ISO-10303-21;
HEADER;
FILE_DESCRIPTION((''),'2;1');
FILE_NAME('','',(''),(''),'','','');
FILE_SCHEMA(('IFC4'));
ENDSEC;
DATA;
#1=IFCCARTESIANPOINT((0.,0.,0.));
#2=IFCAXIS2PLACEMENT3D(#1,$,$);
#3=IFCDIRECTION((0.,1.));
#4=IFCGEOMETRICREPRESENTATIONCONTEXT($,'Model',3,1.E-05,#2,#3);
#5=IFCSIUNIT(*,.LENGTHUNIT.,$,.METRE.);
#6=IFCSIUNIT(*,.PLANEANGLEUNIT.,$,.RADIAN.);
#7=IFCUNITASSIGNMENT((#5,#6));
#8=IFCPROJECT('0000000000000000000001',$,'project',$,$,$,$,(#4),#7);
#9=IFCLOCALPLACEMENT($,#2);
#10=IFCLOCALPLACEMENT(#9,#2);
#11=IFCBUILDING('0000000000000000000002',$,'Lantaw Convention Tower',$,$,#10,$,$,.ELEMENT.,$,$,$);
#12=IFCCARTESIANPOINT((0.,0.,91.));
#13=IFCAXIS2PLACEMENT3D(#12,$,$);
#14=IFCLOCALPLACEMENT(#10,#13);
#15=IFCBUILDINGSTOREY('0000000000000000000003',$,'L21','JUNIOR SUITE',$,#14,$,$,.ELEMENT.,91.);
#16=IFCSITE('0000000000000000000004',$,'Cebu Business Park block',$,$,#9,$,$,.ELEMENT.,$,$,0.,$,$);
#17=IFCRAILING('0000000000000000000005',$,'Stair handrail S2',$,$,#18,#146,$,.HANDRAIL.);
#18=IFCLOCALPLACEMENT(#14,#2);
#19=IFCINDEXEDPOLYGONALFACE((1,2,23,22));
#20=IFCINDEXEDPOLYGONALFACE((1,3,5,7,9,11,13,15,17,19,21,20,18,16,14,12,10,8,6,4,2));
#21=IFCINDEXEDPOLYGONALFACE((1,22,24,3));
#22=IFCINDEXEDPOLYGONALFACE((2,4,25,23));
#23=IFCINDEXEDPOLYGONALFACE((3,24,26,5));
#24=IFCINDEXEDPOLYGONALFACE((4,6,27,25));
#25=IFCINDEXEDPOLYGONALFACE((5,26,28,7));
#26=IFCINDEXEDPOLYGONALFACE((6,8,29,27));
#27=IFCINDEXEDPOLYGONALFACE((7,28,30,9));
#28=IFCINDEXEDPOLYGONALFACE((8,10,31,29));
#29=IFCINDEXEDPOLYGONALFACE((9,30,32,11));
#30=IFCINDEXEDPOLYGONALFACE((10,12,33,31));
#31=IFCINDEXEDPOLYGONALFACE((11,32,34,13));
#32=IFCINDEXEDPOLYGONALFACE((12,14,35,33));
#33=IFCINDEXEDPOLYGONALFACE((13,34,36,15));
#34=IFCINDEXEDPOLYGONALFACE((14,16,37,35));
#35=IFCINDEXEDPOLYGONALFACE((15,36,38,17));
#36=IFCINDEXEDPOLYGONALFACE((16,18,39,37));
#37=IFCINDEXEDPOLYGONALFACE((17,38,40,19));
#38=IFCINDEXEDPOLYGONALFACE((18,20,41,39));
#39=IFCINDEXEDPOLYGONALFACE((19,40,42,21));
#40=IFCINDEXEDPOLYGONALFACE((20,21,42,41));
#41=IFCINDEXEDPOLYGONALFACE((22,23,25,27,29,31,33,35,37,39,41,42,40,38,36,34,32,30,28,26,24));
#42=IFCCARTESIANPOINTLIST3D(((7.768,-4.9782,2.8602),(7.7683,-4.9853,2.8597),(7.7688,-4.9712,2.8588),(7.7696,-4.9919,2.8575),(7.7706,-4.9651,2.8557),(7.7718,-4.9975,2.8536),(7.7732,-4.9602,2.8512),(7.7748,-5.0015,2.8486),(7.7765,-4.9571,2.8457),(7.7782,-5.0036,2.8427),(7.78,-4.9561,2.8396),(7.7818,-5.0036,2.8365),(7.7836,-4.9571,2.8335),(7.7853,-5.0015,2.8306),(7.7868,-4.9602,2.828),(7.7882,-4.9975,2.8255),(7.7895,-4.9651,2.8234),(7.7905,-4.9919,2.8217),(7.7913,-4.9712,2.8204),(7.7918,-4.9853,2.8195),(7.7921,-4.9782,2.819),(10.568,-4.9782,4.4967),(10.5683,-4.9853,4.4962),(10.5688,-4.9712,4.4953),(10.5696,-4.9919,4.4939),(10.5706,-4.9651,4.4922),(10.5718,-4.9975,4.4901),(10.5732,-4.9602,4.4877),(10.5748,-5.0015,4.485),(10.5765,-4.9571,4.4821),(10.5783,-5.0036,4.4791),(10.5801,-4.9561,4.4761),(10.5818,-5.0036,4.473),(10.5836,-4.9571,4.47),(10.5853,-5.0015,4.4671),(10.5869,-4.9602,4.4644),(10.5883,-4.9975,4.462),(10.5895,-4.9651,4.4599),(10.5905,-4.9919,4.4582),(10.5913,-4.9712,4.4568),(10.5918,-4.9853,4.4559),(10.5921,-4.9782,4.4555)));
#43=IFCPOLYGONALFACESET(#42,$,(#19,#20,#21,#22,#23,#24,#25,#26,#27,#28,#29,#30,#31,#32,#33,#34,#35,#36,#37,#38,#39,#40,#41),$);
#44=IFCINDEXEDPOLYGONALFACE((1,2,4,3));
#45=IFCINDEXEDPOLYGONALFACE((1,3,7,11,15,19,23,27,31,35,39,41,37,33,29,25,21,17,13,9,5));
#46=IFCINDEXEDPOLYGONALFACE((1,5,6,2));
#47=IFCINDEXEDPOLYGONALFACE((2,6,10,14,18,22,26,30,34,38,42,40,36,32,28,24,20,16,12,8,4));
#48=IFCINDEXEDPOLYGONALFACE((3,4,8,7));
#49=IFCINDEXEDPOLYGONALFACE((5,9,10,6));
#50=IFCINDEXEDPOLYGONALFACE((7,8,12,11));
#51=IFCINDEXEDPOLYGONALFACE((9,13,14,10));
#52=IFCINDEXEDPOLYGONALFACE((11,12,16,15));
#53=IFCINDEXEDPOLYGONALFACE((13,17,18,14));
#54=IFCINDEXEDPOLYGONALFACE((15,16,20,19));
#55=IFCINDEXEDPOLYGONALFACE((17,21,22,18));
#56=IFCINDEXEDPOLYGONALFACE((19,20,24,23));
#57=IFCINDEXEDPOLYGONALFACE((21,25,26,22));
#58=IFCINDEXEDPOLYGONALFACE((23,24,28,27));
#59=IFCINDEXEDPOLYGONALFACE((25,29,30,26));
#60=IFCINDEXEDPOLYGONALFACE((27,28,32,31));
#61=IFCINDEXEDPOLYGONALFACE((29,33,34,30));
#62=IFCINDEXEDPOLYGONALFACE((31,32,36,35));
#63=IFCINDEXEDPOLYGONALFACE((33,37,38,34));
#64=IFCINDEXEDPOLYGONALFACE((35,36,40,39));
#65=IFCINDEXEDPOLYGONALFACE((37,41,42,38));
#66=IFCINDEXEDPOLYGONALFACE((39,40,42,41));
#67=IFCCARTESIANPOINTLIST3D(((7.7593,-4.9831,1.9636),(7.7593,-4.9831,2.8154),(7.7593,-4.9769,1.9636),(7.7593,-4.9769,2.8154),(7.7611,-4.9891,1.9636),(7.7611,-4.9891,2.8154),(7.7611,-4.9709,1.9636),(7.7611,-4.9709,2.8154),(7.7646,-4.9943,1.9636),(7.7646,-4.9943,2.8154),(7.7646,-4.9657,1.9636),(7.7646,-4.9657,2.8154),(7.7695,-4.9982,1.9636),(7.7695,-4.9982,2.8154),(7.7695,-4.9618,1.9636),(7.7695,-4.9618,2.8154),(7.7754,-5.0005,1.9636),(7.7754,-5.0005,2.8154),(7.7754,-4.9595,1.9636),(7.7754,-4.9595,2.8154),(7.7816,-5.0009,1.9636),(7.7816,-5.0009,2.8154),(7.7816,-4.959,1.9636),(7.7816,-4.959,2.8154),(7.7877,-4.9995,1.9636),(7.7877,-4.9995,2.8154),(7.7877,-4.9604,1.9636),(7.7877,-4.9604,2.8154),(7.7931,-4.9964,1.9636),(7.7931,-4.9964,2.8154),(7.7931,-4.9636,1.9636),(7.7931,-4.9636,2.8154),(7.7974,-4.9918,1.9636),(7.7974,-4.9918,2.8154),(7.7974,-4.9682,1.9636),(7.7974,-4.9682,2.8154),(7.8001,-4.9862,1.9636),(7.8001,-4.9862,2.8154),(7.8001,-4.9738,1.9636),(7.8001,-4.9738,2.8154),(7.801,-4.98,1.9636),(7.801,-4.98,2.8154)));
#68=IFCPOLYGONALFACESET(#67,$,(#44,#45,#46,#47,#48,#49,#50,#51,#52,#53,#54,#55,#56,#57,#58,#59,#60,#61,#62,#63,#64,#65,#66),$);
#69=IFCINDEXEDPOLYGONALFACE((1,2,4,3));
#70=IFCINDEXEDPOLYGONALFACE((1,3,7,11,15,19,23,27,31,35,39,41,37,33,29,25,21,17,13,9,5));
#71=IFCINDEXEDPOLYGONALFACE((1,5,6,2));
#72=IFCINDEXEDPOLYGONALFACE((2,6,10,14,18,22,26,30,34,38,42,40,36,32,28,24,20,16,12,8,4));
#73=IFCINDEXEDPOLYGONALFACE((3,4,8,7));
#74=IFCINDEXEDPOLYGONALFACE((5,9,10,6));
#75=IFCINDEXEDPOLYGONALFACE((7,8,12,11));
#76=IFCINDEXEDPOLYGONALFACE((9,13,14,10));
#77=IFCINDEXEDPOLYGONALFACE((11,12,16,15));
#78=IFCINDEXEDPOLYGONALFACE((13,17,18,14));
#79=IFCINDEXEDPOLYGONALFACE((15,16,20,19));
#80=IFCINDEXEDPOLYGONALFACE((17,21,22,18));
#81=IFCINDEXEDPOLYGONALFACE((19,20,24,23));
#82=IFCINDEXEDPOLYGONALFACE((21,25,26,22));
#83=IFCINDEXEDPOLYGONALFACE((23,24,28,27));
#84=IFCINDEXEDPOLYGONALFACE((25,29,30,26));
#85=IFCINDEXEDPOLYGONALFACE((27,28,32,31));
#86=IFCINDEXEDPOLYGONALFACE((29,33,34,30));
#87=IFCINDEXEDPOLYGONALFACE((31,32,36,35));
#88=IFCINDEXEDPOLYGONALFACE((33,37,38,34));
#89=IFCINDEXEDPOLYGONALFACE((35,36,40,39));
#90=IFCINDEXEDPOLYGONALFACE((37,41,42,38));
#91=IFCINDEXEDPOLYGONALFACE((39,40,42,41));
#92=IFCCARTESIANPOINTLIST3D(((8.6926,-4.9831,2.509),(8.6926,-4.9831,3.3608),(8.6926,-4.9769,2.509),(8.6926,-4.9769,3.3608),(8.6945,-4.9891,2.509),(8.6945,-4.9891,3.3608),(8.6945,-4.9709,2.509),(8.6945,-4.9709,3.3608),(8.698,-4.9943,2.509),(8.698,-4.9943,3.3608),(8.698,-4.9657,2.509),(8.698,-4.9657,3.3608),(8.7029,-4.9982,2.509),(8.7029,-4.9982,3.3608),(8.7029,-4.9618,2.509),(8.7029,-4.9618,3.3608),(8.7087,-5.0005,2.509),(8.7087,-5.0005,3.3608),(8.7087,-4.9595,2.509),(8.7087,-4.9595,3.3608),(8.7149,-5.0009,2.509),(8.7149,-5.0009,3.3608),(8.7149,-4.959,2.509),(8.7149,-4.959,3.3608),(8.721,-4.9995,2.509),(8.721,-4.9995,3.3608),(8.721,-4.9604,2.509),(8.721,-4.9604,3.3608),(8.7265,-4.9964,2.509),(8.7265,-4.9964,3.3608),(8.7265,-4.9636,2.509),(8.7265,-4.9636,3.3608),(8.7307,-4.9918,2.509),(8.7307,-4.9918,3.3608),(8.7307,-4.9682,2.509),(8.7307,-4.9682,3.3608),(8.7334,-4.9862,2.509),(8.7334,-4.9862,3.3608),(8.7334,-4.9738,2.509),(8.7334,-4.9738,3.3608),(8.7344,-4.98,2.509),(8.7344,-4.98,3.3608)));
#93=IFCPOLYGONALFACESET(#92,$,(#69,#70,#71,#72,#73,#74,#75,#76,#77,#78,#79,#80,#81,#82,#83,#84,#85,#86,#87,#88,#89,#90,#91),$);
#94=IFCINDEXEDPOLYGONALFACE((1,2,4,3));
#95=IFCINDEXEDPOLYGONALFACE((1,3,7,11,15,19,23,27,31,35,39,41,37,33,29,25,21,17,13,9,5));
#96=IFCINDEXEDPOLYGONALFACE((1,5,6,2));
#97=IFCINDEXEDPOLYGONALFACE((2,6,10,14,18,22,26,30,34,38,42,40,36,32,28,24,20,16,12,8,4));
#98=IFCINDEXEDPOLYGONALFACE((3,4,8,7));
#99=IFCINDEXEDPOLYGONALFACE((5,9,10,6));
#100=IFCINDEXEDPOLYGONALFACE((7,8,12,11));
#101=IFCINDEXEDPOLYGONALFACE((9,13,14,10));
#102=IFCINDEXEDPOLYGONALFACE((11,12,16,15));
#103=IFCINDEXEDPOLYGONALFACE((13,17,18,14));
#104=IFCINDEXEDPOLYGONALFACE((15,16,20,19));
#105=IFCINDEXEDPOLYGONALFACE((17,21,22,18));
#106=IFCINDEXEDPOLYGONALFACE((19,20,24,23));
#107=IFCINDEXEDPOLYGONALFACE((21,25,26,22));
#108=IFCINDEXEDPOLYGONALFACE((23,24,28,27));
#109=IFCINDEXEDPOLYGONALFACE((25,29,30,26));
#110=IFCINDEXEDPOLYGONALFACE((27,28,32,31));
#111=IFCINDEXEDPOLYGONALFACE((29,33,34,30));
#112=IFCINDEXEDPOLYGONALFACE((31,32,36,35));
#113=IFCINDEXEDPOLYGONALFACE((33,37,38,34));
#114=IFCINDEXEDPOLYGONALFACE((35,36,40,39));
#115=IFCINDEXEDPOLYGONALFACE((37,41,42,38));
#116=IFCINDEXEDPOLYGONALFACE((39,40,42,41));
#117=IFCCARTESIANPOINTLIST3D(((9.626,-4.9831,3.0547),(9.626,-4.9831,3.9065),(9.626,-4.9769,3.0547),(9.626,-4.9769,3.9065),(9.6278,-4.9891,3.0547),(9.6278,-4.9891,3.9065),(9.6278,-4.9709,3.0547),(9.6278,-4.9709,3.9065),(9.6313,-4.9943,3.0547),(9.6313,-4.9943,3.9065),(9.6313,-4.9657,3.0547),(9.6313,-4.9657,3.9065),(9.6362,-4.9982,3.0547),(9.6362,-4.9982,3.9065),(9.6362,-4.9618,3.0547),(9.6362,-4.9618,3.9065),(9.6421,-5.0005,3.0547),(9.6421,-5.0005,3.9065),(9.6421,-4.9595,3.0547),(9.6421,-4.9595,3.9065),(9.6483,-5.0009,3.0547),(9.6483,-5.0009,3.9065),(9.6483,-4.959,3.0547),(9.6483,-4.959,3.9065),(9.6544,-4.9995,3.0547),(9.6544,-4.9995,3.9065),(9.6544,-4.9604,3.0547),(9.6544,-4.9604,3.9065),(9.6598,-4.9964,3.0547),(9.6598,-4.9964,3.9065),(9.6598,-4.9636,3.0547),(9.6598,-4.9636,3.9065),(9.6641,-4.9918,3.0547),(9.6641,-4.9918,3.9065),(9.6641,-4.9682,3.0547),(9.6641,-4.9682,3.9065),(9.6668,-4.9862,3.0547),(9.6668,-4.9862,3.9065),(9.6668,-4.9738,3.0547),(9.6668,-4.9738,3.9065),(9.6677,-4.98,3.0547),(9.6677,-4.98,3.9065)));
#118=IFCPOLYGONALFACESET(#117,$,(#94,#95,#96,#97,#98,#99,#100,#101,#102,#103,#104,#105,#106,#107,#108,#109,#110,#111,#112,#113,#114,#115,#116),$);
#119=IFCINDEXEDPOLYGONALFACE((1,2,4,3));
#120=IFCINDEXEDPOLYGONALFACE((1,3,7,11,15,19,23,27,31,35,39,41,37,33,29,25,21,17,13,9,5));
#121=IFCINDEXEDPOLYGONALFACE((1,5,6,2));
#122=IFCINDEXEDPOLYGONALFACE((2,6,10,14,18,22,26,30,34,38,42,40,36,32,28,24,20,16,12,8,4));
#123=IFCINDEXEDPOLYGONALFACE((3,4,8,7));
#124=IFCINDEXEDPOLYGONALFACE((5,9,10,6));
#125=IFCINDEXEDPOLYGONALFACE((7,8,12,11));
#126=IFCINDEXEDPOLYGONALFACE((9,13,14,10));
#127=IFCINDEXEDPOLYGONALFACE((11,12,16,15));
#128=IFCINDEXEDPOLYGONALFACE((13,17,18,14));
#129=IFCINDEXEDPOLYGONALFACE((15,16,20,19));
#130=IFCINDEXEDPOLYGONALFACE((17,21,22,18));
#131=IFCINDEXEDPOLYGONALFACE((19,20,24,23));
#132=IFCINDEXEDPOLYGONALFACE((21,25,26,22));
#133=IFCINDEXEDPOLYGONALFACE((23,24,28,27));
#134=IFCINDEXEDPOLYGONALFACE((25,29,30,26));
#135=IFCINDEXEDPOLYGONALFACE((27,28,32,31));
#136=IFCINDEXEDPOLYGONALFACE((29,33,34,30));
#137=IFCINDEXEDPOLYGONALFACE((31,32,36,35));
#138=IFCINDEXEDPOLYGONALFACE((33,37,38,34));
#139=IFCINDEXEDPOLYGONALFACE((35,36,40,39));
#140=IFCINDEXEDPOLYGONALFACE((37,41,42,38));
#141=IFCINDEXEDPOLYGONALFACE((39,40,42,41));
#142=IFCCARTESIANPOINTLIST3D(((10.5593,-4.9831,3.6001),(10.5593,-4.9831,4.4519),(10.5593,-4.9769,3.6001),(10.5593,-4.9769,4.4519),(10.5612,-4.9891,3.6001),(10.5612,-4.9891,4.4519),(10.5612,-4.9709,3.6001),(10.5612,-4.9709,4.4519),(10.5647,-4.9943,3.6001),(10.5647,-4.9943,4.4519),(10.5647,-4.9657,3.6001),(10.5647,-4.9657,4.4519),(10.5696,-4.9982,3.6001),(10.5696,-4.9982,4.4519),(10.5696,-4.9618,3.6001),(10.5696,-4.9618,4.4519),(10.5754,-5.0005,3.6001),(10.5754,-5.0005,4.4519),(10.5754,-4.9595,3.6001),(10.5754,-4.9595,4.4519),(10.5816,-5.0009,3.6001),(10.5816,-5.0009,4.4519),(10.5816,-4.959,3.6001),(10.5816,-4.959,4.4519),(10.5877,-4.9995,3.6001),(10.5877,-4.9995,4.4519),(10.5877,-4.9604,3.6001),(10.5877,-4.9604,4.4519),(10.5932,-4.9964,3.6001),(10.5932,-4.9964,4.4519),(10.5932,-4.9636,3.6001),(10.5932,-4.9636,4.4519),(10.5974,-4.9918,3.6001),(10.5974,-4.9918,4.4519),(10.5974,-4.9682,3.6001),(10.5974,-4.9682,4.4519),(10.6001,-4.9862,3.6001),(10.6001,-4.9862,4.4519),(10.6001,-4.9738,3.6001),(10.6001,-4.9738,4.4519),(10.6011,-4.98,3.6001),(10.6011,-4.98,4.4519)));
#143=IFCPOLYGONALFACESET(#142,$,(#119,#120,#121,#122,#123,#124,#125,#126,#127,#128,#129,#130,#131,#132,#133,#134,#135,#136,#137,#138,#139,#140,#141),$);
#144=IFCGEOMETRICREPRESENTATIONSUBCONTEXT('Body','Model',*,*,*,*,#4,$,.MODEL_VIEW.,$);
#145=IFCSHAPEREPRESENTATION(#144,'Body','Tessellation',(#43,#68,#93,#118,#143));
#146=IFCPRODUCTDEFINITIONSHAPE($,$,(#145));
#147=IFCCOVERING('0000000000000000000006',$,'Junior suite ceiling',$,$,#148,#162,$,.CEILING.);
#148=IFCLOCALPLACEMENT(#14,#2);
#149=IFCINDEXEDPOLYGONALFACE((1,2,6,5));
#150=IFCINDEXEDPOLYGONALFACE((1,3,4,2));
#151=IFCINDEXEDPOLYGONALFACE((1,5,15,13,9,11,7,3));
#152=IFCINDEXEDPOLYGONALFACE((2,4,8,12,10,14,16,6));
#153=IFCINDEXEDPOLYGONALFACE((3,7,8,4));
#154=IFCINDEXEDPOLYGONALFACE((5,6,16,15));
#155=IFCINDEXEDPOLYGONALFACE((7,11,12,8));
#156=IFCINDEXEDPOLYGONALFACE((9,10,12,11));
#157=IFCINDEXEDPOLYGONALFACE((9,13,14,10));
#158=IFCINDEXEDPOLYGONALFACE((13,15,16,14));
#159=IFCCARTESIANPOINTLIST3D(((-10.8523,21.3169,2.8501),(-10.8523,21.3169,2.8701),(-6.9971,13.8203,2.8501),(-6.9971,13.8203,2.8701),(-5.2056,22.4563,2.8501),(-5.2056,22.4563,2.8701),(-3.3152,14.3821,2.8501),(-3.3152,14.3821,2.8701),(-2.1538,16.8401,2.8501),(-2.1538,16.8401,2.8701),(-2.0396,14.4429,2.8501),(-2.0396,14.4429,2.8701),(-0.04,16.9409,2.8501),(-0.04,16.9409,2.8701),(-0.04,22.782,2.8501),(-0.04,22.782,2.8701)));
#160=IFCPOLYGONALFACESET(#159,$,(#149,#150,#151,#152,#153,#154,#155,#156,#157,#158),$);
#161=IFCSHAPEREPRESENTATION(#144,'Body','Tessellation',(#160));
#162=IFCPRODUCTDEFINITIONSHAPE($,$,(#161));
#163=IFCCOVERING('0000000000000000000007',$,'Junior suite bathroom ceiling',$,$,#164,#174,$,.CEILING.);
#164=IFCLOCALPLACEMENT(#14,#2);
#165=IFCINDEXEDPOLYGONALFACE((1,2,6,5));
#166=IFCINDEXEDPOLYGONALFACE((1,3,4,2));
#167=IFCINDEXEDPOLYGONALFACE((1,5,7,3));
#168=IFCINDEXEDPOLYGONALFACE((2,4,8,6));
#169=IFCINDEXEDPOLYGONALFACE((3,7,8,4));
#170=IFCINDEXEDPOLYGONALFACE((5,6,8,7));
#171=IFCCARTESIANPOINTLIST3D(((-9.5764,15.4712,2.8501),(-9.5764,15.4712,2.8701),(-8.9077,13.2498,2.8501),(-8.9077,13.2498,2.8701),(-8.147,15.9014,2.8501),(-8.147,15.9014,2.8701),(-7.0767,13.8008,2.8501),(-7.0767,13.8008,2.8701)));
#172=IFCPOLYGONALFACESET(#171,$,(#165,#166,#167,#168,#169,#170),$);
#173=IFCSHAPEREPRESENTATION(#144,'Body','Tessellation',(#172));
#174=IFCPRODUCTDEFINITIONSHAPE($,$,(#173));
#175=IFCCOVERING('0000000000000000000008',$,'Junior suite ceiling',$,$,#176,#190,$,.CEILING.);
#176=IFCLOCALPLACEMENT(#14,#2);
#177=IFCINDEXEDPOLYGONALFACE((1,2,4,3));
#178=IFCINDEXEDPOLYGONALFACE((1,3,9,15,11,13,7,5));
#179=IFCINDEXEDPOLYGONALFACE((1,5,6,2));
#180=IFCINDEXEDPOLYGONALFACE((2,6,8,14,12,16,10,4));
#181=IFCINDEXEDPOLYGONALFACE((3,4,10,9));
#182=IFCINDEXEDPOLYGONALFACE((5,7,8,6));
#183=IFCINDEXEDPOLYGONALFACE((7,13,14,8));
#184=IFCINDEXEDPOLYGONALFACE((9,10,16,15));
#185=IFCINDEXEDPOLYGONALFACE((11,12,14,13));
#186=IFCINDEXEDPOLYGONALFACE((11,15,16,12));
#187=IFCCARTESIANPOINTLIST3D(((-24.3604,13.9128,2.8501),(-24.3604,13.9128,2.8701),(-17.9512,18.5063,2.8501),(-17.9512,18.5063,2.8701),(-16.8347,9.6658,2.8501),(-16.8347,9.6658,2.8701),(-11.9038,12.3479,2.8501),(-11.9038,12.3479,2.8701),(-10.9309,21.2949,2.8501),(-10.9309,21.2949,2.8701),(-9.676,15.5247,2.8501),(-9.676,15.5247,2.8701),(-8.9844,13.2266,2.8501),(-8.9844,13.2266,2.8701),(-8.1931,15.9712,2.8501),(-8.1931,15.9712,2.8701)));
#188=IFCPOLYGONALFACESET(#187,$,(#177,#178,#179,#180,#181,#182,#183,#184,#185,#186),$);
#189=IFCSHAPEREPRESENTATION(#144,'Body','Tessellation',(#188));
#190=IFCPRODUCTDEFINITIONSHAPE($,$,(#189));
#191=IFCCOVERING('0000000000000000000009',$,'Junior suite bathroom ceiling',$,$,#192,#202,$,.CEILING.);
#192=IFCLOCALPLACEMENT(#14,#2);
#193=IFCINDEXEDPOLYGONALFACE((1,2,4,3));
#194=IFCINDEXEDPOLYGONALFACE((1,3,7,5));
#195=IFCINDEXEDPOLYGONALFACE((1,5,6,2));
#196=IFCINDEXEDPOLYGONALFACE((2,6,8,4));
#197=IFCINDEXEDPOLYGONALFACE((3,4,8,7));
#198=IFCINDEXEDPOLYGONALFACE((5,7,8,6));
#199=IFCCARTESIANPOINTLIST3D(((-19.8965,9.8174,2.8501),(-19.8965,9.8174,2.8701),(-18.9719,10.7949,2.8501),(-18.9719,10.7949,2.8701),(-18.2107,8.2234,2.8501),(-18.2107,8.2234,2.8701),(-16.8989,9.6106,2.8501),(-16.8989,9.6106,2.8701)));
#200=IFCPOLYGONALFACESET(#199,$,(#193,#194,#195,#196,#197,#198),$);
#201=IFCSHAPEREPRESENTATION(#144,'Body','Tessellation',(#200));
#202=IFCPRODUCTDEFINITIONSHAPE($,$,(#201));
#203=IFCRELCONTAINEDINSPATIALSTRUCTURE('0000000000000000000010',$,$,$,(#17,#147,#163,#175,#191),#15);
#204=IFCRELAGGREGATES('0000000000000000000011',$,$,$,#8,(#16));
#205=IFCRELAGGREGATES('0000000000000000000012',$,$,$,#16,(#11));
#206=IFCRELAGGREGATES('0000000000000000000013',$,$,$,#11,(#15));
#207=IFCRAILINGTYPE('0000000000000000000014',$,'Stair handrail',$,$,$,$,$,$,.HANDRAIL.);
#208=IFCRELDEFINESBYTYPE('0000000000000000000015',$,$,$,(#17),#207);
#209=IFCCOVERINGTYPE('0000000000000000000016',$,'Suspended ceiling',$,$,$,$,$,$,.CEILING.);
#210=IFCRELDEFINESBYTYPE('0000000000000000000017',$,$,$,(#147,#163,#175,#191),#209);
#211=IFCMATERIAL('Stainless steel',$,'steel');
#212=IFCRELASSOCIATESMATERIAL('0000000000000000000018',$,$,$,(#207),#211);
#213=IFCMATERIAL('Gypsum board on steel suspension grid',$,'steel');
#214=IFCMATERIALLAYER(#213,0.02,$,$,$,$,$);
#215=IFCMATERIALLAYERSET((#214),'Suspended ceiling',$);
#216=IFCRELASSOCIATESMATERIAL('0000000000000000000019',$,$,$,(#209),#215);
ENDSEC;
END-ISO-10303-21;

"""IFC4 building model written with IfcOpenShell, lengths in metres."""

from ifc_helpers import new_model, si_unit, direction, frame, origin, origin_2d, place, context, subcontext, project, spatial, polyline, circle, outline, extrude, material, layer, layer_set, type_object, element, save


model = new_model("IFC4")

# Units and contexts
model_context = context("Model", 3, precision=1e-05, world=origin(), true_north=direction((0.0, 1.0)))
body_context = subcontext(model_context, "Body", "Model", "MODEL_VIEW")
ifc_project = project(units=[si_unit("LENGTHUNIT", "METRE"), si_unit("PLANEANGLEUNIT", "RADIAN")], contexts=[model_context])

# Site, building, storey
site_placement = place(None, origin())
site = spatial("IfcSite", under=ifc_project, at=site_placement, Name="Cebu Business Park block", CompositionType="ELEMENT", RefElevation=0.0)
building_placement = place(site_placement, origin())
building = spatial("IfcBuilding", under=site, at=building_placement, Name="Lantaw Convention Tower", CompositionType="ELEMENT")
storey_placement = place(building_placement, frame((0.0, 0.0, 91.0)))
storey = spatial("IfcBuildingStorey", under=building, at=storey_placement, Name="L21", Description="JUNIOR SUITE", CompositionType="ELEMENT", Elevation=91.0)

# Railing
ifc_material_1 = material(Name="Stainless steel", Category="steel")
railing_type = type_object("IfcRailingType", Name="Stair handrail", PredefinedType="HANDRAIL", material=ifc_material_1)
railing_1_placement = place(storey_placement, frame((7.78, -4.98, 1.9636)))
element("IfcRailing", 1, at=railing_1_placement, inside=storey, type_object=railing_type, Name="Stair handrail S2", PredefinedType="HANDRAIL", context=body_context, shape_type="SweptSolid", body=[
    extrude(circle(Radius=0.0239, at=origin_2d()), frame((0.0, 0.0, 0.876), z_axis=(0.863361, 0.0, 0.504587), x_axis=(0.0, 1.0, 0.0)), (0.0, 0.0, 1.0), 3.2432),
    extrude(circle(Radius=0.021, at=origin_2d()), origin(), (0.0, 0.0, 1.0), 0.8518),
    extrude(circle(Radius=0.021, at=origin_2d()), frame((0.9333, 0.0, 0.5454)), (0.0, 0.0, 1.0), 0.8518),
    extrude(circle(Radius=0.021, at=origin_2d()), frame((1.8667, 0.0, 1.0911)), (0.0, 0.0, 1.0), 0.8518),
    extrude(circle(Radius=0.021, at=origin_2d()), frame((2.8, 0.0, 1.6365)), (0.0, 0.0, 1.0), 0.8518),
])

# Coverings
ifc_material_2 = material(Name="Gypsum board on steel suspension grid", Category="steel")
ifc_layer_1 = layer(ifc_material_2, 0.02)
ifc_layer_set_1 = layer_set([ifc_layer_1], Name="Suspended ceiling")
covering_type = type_object("IfcCoveringType", Name="Suspended ceiling", PredefinedType="CEILING", material=ifc_layer_set_1)
covering_1_placement = place(storey_placement, frame((0.0, 0.0, 2.8501)))
element("IfcCovering", 2, at=covering_1_placement, inside=storey, type_object=covering_type, Name="Junior suite ceiling", PredefinedType="CEILING", context=body_context, shape_type="SweptSolid", body=[
    extrude(outline(polyline([(-3.3152, 14.3821), (-2.0396, 14.4429), (-2.1538, 16.8401), (-0.04, 16.9409), (-0.04, 22.782), (-5.2056, 22.4563), (-10.8523, 21.3169), (-6.9971, 13.8203), (-3.3152, 14.3821)])), origin(), (0.0, 0.0, 1.0), 0.02),
])
covering_2_placement = place(storey_placement, frame((0.0, 0.0, 2.8501)))
element("IfcCovering", 3, at=covering_2_placement, inside=storey, type_object=covering_type, Name="Junior suite bathroom ceiling", PredefinedType="CEILING", context=body_context, shape_type="SweptSolid", body=[
    extrude(outline(polyline([(-7.0767, 13.8008), (-8.147, 15.9014), (-9.5764, 15.4712), (-8.9077, 13.2498), (-7.0767, 13.8008)])), origin(), (0.0, 0.0, 1.0), 0.02),
])
covering_3_placement = place(storey_placement, frame((0.0, 0.0, 2.8501)))
element("IfcCovering", 4, at=covering_3_placement, inside=storey, type_object=covering_type, Name="Junior suite ceiling", PredefinedType="CEILING", context=body_context, shape_type="SweptSolid", body=[
    extrude(outline(polyline([(-11.9038, 12.3479), (-8.9844, 13.2266), (-9.676, 15.5247), (-8.1931, 15.9712), (-10.9309, 21.2949), (-17.9512, 18.5063), (-24.3604, 13.9128), (-16.8347, 9.6658), (-11.9038, 12.3479)])), origin(), (0.0, 0.0, 1.0), 0.02),
])
covering_4_placement = place(storey_placement, frame((0.0, 0.0, 2.8501)))
element("IfcCovering", 5, at=covering_4_placement, inside=storey, type_object=covering_type, Name="Junior suite bathroom ceiling", PredefinedType="CEILING", context=body_context, shape_type="SweptSolid", body=[
    extrude(outline(polyline([(-16.8989, 9.6106), (-18.9719, 10.7949), (-19.8965, 9.8174), (-18.2107, 8.2234), (-16.8989, 9.6106)])), origin(), (0.0, 0.0, 1.0), 0.02),
])

save(model, "model.ifc")
